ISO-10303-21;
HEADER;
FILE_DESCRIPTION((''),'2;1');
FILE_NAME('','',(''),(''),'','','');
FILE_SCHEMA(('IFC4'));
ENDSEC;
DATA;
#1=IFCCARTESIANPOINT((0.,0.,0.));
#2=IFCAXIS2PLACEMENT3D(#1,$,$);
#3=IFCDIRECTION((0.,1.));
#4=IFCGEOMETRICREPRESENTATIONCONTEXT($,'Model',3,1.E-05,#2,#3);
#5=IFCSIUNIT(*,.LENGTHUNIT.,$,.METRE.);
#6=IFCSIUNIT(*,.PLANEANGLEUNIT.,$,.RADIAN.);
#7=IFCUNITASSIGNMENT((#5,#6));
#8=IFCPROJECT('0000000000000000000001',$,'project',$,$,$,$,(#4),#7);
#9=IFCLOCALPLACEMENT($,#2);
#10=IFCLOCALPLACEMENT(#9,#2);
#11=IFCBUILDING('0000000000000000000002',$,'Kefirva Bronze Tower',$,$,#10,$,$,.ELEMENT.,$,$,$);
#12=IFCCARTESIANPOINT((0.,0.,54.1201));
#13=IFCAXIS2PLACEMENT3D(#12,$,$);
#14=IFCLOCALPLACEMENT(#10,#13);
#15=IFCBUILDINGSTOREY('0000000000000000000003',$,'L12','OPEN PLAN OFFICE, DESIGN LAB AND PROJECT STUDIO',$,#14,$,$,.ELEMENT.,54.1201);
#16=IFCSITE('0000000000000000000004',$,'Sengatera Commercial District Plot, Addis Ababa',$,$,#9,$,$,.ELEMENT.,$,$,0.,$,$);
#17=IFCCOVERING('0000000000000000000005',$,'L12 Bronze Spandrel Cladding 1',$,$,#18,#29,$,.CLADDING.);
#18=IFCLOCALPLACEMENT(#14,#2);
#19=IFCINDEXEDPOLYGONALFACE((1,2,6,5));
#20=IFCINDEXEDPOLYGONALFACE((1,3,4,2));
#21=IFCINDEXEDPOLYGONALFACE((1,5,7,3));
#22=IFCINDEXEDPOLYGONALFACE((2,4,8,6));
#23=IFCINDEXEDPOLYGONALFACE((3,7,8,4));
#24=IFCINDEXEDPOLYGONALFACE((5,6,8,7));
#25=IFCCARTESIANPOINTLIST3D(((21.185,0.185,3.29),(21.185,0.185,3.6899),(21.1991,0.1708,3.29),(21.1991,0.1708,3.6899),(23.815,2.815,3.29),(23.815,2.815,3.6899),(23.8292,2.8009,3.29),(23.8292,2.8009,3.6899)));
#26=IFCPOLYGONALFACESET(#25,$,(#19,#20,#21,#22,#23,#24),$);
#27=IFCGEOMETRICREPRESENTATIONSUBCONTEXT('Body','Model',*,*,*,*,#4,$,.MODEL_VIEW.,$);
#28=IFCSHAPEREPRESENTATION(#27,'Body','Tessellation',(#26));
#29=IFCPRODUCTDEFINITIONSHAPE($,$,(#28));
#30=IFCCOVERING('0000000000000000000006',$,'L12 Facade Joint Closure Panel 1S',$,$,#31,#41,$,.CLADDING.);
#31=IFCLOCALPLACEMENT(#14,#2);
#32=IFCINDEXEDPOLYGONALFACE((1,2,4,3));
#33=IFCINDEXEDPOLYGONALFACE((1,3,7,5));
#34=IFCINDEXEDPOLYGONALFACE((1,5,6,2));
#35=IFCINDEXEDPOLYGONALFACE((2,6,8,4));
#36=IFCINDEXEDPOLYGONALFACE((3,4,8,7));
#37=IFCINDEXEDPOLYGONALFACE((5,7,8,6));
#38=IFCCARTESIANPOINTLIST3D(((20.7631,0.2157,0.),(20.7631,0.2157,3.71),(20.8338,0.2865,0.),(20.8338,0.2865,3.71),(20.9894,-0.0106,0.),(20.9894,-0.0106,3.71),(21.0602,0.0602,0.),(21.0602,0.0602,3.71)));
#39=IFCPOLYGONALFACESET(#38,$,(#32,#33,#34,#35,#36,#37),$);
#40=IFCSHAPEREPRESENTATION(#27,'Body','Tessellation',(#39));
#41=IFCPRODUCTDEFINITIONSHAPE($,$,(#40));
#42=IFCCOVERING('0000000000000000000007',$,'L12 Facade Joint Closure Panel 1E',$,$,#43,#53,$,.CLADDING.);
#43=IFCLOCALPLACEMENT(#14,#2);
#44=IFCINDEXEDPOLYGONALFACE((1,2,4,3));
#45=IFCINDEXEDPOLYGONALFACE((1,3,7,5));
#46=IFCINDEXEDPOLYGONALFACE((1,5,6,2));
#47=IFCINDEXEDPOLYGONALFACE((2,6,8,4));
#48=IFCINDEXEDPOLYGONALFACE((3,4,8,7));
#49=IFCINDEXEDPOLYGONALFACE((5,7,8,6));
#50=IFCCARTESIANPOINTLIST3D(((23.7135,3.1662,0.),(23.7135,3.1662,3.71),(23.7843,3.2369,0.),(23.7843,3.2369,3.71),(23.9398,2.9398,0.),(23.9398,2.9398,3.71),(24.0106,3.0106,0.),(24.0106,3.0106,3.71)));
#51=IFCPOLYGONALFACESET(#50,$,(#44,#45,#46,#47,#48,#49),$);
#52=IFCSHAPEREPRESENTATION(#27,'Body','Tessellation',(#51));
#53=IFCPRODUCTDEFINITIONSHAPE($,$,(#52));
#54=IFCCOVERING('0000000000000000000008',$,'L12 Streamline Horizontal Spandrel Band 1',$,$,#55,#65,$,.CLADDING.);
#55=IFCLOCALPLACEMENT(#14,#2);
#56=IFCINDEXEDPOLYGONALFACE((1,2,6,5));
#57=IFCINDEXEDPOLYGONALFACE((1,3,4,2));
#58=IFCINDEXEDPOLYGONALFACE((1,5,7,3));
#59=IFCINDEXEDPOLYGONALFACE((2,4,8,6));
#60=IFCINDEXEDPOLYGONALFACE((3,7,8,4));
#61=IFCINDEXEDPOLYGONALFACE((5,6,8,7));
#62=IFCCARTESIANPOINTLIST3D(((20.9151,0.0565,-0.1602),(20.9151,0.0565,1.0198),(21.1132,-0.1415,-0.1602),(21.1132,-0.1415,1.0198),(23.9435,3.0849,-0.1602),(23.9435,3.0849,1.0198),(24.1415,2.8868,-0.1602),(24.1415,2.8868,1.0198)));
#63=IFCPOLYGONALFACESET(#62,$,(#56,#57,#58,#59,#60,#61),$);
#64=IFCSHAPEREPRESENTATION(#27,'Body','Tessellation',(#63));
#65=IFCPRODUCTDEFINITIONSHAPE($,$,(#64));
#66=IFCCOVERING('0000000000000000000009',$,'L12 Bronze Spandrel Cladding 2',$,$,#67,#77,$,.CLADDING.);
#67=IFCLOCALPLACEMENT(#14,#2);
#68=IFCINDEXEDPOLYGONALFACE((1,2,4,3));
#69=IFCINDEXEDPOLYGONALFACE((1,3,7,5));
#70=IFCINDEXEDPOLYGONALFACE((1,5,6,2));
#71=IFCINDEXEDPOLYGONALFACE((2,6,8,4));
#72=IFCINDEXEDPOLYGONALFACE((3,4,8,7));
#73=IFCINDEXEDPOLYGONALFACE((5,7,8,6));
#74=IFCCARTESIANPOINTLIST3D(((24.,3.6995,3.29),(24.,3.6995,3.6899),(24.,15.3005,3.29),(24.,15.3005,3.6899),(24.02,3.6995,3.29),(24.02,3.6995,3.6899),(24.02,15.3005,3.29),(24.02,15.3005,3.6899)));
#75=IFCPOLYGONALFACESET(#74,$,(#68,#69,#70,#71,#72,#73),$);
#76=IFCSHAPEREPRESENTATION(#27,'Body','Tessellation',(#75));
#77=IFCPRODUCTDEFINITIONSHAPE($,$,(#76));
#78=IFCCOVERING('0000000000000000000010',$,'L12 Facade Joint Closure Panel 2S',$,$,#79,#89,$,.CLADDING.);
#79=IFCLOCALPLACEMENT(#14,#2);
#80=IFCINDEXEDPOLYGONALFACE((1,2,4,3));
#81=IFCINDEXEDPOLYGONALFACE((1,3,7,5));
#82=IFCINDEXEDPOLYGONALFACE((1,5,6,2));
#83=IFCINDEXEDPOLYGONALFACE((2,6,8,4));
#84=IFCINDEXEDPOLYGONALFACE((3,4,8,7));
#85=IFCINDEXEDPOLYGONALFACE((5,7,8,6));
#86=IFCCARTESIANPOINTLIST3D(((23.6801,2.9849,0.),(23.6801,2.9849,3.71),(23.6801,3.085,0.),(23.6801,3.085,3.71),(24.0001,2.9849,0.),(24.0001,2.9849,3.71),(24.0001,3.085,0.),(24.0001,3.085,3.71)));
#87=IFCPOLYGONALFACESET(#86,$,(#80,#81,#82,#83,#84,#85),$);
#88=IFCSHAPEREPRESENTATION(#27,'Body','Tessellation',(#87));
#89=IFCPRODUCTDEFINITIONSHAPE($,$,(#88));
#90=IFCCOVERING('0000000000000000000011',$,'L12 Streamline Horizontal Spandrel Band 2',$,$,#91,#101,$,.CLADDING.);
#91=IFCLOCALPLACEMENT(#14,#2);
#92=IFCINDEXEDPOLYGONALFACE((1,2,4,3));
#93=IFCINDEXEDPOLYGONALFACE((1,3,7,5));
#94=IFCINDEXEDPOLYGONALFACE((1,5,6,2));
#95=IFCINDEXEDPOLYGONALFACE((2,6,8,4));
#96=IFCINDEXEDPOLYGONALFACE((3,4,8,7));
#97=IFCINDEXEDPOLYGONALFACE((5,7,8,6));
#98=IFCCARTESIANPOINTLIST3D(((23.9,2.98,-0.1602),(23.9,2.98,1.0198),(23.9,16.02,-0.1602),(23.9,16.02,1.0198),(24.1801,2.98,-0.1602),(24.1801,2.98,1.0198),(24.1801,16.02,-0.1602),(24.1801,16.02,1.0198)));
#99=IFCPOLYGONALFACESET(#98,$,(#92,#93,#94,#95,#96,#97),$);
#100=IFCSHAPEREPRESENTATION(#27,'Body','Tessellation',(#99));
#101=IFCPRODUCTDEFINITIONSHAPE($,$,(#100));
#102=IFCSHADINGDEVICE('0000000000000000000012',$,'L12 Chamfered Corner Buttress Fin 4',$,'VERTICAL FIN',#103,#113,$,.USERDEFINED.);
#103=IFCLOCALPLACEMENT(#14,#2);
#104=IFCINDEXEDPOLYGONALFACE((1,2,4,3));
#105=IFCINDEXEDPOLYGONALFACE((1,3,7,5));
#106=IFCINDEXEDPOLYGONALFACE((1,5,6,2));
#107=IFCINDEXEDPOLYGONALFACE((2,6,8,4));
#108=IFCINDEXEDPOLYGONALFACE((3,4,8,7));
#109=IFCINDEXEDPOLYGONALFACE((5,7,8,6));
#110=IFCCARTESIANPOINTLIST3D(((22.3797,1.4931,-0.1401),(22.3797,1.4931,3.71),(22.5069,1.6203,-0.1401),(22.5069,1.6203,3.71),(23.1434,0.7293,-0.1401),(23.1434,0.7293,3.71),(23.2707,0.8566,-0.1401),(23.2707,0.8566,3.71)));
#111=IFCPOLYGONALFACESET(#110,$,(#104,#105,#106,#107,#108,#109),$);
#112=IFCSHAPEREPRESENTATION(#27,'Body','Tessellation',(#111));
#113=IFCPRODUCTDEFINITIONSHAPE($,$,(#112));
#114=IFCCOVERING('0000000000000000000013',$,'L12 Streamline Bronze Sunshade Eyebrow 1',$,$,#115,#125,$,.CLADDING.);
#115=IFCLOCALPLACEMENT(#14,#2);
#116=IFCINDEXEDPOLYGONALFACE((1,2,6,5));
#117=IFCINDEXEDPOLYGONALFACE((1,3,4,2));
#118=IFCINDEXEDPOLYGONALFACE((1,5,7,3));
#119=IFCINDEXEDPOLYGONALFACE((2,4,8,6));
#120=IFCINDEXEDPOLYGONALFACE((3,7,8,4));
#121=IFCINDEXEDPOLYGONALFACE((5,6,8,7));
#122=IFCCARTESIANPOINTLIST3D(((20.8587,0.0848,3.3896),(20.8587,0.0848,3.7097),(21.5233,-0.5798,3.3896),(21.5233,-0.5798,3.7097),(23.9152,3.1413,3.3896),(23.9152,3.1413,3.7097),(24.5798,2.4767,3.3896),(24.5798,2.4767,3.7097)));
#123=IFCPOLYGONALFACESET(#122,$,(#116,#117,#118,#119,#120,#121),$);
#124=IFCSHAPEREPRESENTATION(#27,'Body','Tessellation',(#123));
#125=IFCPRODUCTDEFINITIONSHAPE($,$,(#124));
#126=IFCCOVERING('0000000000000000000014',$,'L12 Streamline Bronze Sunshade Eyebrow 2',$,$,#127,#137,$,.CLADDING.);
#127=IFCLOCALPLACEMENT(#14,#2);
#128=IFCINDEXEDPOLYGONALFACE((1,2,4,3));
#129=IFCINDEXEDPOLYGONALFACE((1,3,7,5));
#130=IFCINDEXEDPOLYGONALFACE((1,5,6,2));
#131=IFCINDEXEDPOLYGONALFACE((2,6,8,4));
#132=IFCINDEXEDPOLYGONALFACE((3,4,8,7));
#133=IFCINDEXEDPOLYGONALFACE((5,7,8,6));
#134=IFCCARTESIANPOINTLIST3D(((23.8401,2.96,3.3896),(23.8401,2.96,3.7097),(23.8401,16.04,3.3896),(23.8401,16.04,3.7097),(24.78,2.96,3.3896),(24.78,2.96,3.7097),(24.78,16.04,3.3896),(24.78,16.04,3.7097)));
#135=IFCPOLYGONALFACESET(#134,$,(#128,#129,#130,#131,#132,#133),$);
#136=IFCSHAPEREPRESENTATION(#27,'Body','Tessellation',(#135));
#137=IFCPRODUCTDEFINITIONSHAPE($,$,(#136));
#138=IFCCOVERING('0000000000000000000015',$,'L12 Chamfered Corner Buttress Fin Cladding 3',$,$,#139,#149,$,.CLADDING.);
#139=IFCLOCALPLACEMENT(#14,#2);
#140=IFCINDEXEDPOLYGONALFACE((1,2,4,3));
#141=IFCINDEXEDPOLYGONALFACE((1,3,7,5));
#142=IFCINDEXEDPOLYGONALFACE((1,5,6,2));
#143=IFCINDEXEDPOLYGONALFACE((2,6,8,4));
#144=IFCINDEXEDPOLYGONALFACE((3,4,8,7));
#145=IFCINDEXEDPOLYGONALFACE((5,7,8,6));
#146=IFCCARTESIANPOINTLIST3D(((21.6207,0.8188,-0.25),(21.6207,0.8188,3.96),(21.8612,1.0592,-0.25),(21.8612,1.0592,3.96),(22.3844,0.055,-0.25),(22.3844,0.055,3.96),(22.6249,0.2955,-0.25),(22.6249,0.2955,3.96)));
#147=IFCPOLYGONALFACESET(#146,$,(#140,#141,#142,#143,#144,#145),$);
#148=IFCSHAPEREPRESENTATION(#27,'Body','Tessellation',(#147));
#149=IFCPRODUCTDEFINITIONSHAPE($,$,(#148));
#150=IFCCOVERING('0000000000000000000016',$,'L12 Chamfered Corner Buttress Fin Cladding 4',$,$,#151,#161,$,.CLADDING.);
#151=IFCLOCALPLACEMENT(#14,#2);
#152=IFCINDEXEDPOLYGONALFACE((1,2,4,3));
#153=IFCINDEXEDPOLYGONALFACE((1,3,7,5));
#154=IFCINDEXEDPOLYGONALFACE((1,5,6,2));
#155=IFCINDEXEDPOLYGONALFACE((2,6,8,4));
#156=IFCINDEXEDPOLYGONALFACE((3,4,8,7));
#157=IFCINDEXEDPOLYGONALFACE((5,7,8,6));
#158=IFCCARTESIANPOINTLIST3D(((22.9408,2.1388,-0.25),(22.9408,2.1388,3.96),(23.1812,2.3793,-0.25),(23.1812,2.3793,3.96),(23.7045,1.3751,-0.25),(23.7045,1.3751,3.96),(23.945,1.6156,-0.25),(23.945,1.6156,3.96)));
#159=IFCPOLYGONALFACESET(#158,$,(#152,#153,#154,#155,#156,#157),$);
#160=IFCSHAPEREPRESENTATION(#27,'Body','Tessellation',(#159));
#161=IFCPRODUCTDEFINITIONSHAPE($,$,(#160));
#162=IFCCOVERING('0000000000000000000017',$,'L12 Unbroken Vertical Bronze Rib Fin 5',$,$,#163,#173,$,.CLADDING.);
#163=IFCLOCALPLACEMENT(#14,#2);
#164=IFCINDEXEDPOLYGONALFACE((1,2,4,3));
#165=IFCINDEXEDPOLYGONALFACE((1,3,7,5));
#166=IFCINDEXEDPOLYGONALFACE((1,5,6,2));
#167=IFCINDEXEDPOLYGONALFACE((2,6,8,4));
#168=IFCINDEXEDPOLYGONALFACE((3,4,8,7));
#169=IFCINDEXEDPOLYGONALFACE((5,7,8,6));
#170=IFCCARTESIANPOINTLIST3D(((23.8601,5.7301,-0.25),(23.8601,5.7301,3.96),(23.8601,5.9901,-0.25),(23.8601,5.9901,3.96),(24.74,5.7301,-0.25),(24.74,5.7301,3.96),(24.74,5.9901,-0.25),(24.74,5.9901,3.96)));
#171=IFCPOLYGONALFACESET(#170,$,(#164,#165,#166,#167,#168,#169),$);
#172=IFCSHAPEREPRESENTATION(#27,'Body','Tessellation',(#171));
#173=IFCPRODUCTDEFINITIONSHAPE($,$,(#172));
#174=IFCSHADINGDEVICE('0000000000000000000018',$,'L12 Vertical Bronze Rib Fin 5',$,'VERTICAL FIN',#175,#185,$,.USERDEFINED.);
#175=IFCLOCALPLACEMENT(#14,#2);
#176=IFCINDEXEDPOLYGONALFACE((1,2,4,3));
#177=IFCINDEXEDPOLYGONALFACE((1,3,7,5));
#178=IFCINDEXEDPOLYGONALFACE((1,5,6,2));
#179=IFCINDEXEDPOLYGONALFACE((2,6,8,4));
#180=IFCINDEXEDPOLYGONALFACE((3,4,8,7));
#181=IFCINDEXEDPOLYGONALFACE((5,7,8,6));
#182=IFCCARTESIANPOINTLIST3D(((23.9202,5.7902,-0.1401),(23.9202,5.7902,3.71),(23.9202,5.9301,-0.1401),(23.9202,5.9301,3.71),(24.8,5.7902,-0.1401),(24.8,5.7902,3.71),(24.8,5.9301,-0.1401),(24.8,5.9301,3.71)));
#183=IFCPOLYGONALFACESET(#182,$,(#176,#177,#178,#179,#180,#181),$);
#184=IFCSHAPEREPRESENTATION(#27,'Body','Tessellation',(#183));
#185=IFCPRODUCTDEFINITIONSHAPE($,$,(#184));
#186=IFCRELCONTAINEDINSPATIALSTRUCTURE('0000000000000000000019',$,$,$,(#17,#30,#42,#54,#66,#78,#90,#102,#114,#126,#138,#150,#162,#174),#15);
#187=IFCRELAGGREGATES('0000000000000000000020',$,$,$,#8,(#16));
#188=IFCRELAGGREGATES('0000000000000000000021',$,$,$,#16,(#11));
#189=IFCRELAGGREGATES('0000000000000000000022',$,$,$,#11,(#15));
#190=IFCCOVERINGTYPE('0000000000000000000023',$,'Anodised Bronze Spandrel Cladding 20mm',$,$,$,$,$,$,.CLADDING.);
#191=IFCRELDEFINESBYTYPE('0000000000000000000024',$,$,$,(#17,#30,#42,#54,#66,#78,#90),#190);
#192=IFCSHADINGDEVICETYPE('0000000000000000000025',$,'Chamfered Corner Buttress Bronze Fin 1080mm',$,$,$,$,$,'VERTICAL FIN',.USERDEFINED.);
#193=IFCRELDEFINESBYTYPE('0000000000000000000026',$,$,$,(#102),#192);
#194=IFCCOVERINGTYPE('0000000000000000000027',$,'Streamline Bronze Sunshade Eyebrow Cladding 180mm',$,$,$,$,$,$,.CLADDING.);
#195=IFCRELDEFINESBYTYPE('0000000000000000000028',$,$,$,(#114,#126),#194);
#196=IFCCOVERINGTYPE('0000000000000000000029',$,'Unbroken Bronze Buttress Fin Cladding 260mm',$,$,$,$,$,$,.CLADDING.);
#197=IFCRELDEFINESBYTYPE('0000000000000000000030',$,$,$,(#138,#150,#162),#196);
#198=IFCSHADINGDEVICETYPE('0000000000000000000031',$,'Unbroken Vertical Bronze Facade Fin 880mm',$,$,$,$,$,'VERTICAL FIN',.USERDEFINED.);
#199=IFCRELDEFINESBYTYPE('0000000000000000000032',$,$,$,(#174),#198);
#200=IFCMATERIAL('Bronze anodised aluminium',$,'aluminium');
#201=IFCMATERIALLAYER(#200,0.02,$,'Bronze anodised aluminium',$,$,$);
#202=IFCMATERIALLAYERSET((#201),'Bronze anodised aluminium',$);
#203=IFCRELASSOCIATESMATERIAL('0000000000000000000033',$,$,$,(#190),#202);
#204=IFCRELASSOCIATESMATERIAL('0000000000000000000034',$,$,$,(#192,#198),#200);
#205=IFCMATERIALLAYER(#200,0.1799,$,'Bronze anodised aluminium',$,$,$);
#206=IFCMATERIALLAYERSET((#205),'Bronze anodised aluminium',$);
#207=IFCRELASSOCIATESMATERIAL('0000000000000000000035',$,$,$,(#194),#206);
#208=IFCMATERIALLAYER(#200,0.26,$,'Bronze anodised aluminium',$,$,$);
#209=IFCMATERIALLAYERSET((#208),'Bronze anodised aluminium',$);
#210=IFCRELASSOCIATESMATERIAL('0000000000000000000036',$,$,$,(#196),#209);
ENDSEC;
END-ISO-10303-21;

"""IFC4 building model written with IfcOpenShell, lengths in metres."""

from ifc_helpers import new_model, si_unit, direction, frame, origin, origin_2d, place, context, subcontext, project, spatial, rectangle, extrude, material, layer, layer_set, material_profile, profile_set, type_object, element, save


model = new_model("IFC4")

# Units and contexts
model_context = context("Model", 3, precision=1e-05, world=origin(), true_north=direction((0.0, 1.0)))
body_context = subcontext(model_context, "Body", "Model", "MODEL_VIEW")
ifc_project = project(units=[si_unit("LENGTHUNIT", "METRE"), si_unit("PLANEANGLEUNIT", "RADIAN")], contexts=[model_context])

# Site, building, storey
site_placement = place(None, origin())
site = spatial("IfcSite", under=ifc_project, at=site_placement, Name="Sengatera Commercial District Plot, Addis Ababa", CompositionType="ELEMENT", RefElevation=0.0)
building_placement = place(site_placement, origin())
building = spatial("IfcBuilding", under=site, at=building_placement, Name="Kefirva Bronze Tower", CompositionType="ELEMENT")
storey_placement = place(building_placement, frame((0.0, 0.0, 54.1201)))
storey = spatial("IfcBuildingStorey", under=building, at=storey_placement, Name="L12", Description="OPEN PLAN OFFICE, DESIGN LAB AND PROJECT STUDIO", CompositionType="ELEMENT", Elevation=54.1201)

# Shared definitions
ifc_material_1 = material(Name="Bronze anodised aluminium", Category="aluminium")

# Coverings
ifc_layer_1 = layer(ifc_material_1, 0.02, Name="Bronze anodised aluminium")
ifc_layer_set_1 = layer_set([ifc_layer_1], Name="Bronze anodised aluminium")
covering_type_1 = type_object("IfcCoveringType", Name="Anodised Bronze Spandrel Cladding 20mm", PredefinedType="CLADDING", material=ifc_layer_set_1)
covering_1_placement = place(storey_placement, frame((22.5071, 1.4929, 3.29), z_axis=(0.0, 0.0, 1.0), x_axis=(0.707107, 0.707107, 0.0)))
element("IfcCovering", 1, at=covering_1_placement, inside=storey, type_object=covering_type_1, Name="L12 Bronze Spandrel Cladding 1", PredefinedType="CLADDING", context=body_context, shape_type="SweptSolid", body=[
    extrude(rectangle(XDim=3.7195, YDim=0.02, at=origin_2d()), origin(), (0.0, 0.0, 1.0), 0.3999),
])
for number, where, z_axis, x_axis, name in (
    (2, (20.9116, 0.1379, 0.0), (0.0, 0.0, 1.0), (0.707107, 0.707107, 0.0), "L12 Facade Joint Closure Panel 1S"),
    (3, (23.8621, 3.0884, 0.0), (0.0, 0.0, 1.0), (0.707107, 0.707107, 0.0), "L12 Facade Joint Closure Panel 1E"),
):
    element("IfcCovering", number, at=place(storey_placement, frame(where, z_axis=z_axis, x_axis=x_axis)), inside=storey, type_object=covering_type_1, Name=name, PredefinedType="CLADDING", context=body_context, shape_type="SweptSolid", body=[
        extrude(rectangle(XDim=0.1001, YDim=0.3201, at=origin_2d()), origin(), (0.0, 0.0, 1.0), 3.71),
    ])
covering_2_placement = place(storey_placement, frame((22.5283, 1.4717, -0.1602), z_axis=(0.0, 0.0, 1.0), x_axis=(0.707107, 0.707107, 0.0)))
element("IfcCovering", 4, at=covering_2_placement, inside=storey, type_object=covering_type_1, Name="L12 Streamline Horizontal Spandrel Band 1", PredefinedType="CLADDING", context=body_context, shape_type="SweptSolid", body=[
    extrude(rectangle(XDim=4.2827, YDim=0.28, at=origin_2d()), origin(), (0.0, 0.0, 1.0), 1.1799),
])
covering_3_placement = place(storey_placement, frame((24.01, 9.5, 3.29), z_axis=(0.0, 0.0, 1.0), x_axis=(0.0, 1.0, 0.0)))
element("IfcCovering", 5, at=covering_3_placement, inside=storey, type_object=covering_type_1, Name="L12 Bronze Spandrel Cladding 2", PredefinedType="CLADDING", context=body_context, shape_type="SweptSolid", body=[
    extrude(rectangle(XDim=11.6011, YDim=0.02, at=origin_2d()), origin(), (0.0, 0.0, 1.0), 0.3999),
])
covering_4_placement = place(storey_placement, frame((23.8401, 3.0349, 0.0), z_axis=(0.0, 0.0, 1.0), x_axis=(0.0, 1.0, 0.0)))
element("IfcCovering", 6, at=covering_4_placement, inside=storey, type_object=covering_type_1, Name="L12 Facade Joint Closure Panel 2S", PredefinedType="CLADDING", context=body_context, shape_type="SweptSolid", body=[
    extrude(rectangle(XDim=0.1001, YDim=0.3201, at=origin_2d()), origin(), (0.0, 0.0, 1.0), 3.71),
])
covering_5_placement = place(storey_placement, frame((24.04, 9.5, -0.1602), z_axis=(0.0, 0.0, 1.0), x_axis=(0.0, 1.0, 0.0)))
element("IfcCovering", 7, at=covering_5_placement, inside=storey, type_object=covering_type_1, Name="L12 Streamline Horizontal Spandrel Band 2", PredefinedType="CLADDING", context=body_context, shape_type="SweptSolid", body=[
    extrude(rectangle(XDim=13.04, YDim=0.28, at=origin_2d()), origin(), (0.0, 0.0, 1.0), 1.1799),
])

# Shading device
ifc_material_profile_1 = material_profile(ifc_material_1, rectangle(XDim=0.1799, YDim=1.0801, at=origin_2d()), Name="BRONZE BUTTRESS FIN 180x1080")
ifc_profile_set_1 = profile_set([ifc_material_profile_1], Name="Bronze anodised aluminium")
shading_device_type_1 = type_object("IfcShadingDeviceType", Name="Chamfered Corner Buttress Bronze Fin 1080mm", ElementType="VERTICAL FIN", PredefinedType="USERDEFINED", material=ifc_profile_set_1)
shading_device_1_placement = place(storey_placement, frame((22.8252, 1.1748, -0.1401), z_axis=(0.0, 0.0, 1.0), x_axis=(0.707107, 0.707107, 0.0)))
element("IfcShadingDevice", 8, at=shading_device_1_placement, inside=storey, type_object=shading_device_type_1, Name="L12 Chamfered Corner Buttress Fin 4", ObjectType="VERTICAL FIN", PredefinedType="USERDEFINED", context=body_context, shape_type="SweptSolid", body=[
    extrude(rectangle(XDim=0.1799, YDim=1.0801, at=origin_2d()), origin(), (0.0, 0.0, 1.0), 3.8501),
])

# Coverings
ifc_layer_2 = layer(ifc_material_1, 0.1799, Name="Bronze anodised aluminium")
ifc_layer_set_2 = layer_set([ifc_layer_2], Name="Bronze anodised aluminium")
covering_type_2 = type_object("IfcCoveringType", Name="Streamline Bronze Sunshade Eyebrow Cladding 180mm", PredefinedType="CLADDING", material=ifc_layer_set_2)
covering_6_placement = place(storey_placement, frame((22.7192, 1.2808, 3.3896), z_axis=(0.0, 0.0, 1.0), x_axis=(0.707107, 0.707107, 0.0)))
element("IfcCovering", 9, at=covering_6_placement, inside=storey, type_object=covering_type_2, Name="L12 Streamline Bronze Sunshade Eyebrow 1", PredefinedType="CLADDING", context=body_context, shape_type="SweptSolid", body=[
    extrude(rectangle(XDim=4.3225, YDim=0.9399, at=origin_2d()), origin(), (0.0, 0.0, 1.0), 0.3201),
])
covering_7_placement = place(storey_placement, frame((24.3101, 9.5, 3.3896), z_axis=(0.0, 0.0, 1.0), x_axis=(0.0, 1.0, 0.0)))
element("IfcCovering", 10, at=covering_7_placement, inside=storey, type_object=covering_type_2, Name="L12 Streamline Bronze Sunshade Eyebrow 2", PredefinedType="CLADDING", context=body_context, shape_type="SweptSolid", body=[
    extrude(rectangle(XDim=13.0801, YDim=0.9399, at=origin_2d()), origin(), (0.0, 0.0, 1.0), 0.3201),
])
ifc_layer_3 = layer(ifc_material_1, 0.26, Name="Bronze anodised aluminium")
ifc_layer_set_3 = layer_set([ifc_layer_3], Name="Bronze anodised aluminium")
covering_type_3 = type_object("IfcCoveringType", Name="Unbroken Bronze Buttress Fin Cladding 260mm", PredefinedType="CLADDING", material=ifc_layer_set_3)
for number, where, z_axis, x_axis, name in (
    (11, (22.1228, 0.5571, -0.25), (0.0, 0.0, 1.0), (0.707107, 0.707107, 0.0), "L12 Chamfered Corner Buttress Fin Cladding 3"),
    (12, (23.4429, 1.8772, -0.25), (0.0, 0.0, 1.0), (0.707107, 0.707107, 0.0), "L12 Chamfered Corner Buttress Fin Cladding 4"),
):
    element("IfcCovering", number, at=place(storey_placement, frame(where, z_axis=z_axis, x_axis=x_axis)), inside=storey, type_object=covering_type_3, Name=name, PredefinedType="CLADDING", context=body_context, shape_type="SweptSolid", body=[
        extrude(rectangle(XDim=0.3401, YDim=1.0801, at=origin_2d()), origin(), (0.0, 0.0, 1.0), 4.21),
    ])
covering_8_placement = place(storey_placement, frame((24.3, 5.8601, -0.25), z_axis=(0.0, 0.0, 1.0), x_axis=(0.0, 1.0, 0.0)))
element("IfcCovering", 13, at=covering_8_placement, inside=storey, type_object=covering_type_3, Name="L12 Unbroken Vertical Bronze Rib Fin 5", PredefinedType="CLADDING", context=body_context, shape_type="SweptSolid", body=[
    extrude(rectangle(XDim=0.26, YDim=0.8799, at=origin_2d()), origin(), (0.0, 0.0, 1.0), 4.21),
])

# Shading device
ifc_material_profile_2 = material_profile(ifc_material_1, rectangle(XDim=0.1399, YDim=0.8799, at=origin_2d()), Name="BRONZE FIN 140x880")
ifc_profile_set_2 = profile_set([ifc_material_profile_2], Name="Bronze anodised aluminium")
shading_device_type_2 = type_object("IfcShadingDeviceType", Name="Unbroken Vertical Bronze Facade Fin 880mm", ElementType="VERTICAL FIN", PredefinedType="USERDEFINED", material=ifc_profile_set_2)
shading_device_2_placement = place(storey_placement, frame((24.3601, 5.8601, -0.1401), z_axis=(0.0, 0.0, 1.0), x_axis=(0.0, 1.0, 0.0)))
element("IfcShadingDevice", 14, at=shading_device_2_placement, inside=storey, type_object=shading_device_type_2, Name="L12 Vertical Bronze Rib Fin 5", ObjectType="VERTICAL FIN", PredefinedType="USERDEFINED", context=body_context, shape_type="SweptSolid", body=[
    extrude(rectangle(XDim=0.1399, YDim=0.8799, at=origin_2d()), origin(), (0.0, 0.0, 1.0), 3.8501),
])

save(model, "model.ifc")
